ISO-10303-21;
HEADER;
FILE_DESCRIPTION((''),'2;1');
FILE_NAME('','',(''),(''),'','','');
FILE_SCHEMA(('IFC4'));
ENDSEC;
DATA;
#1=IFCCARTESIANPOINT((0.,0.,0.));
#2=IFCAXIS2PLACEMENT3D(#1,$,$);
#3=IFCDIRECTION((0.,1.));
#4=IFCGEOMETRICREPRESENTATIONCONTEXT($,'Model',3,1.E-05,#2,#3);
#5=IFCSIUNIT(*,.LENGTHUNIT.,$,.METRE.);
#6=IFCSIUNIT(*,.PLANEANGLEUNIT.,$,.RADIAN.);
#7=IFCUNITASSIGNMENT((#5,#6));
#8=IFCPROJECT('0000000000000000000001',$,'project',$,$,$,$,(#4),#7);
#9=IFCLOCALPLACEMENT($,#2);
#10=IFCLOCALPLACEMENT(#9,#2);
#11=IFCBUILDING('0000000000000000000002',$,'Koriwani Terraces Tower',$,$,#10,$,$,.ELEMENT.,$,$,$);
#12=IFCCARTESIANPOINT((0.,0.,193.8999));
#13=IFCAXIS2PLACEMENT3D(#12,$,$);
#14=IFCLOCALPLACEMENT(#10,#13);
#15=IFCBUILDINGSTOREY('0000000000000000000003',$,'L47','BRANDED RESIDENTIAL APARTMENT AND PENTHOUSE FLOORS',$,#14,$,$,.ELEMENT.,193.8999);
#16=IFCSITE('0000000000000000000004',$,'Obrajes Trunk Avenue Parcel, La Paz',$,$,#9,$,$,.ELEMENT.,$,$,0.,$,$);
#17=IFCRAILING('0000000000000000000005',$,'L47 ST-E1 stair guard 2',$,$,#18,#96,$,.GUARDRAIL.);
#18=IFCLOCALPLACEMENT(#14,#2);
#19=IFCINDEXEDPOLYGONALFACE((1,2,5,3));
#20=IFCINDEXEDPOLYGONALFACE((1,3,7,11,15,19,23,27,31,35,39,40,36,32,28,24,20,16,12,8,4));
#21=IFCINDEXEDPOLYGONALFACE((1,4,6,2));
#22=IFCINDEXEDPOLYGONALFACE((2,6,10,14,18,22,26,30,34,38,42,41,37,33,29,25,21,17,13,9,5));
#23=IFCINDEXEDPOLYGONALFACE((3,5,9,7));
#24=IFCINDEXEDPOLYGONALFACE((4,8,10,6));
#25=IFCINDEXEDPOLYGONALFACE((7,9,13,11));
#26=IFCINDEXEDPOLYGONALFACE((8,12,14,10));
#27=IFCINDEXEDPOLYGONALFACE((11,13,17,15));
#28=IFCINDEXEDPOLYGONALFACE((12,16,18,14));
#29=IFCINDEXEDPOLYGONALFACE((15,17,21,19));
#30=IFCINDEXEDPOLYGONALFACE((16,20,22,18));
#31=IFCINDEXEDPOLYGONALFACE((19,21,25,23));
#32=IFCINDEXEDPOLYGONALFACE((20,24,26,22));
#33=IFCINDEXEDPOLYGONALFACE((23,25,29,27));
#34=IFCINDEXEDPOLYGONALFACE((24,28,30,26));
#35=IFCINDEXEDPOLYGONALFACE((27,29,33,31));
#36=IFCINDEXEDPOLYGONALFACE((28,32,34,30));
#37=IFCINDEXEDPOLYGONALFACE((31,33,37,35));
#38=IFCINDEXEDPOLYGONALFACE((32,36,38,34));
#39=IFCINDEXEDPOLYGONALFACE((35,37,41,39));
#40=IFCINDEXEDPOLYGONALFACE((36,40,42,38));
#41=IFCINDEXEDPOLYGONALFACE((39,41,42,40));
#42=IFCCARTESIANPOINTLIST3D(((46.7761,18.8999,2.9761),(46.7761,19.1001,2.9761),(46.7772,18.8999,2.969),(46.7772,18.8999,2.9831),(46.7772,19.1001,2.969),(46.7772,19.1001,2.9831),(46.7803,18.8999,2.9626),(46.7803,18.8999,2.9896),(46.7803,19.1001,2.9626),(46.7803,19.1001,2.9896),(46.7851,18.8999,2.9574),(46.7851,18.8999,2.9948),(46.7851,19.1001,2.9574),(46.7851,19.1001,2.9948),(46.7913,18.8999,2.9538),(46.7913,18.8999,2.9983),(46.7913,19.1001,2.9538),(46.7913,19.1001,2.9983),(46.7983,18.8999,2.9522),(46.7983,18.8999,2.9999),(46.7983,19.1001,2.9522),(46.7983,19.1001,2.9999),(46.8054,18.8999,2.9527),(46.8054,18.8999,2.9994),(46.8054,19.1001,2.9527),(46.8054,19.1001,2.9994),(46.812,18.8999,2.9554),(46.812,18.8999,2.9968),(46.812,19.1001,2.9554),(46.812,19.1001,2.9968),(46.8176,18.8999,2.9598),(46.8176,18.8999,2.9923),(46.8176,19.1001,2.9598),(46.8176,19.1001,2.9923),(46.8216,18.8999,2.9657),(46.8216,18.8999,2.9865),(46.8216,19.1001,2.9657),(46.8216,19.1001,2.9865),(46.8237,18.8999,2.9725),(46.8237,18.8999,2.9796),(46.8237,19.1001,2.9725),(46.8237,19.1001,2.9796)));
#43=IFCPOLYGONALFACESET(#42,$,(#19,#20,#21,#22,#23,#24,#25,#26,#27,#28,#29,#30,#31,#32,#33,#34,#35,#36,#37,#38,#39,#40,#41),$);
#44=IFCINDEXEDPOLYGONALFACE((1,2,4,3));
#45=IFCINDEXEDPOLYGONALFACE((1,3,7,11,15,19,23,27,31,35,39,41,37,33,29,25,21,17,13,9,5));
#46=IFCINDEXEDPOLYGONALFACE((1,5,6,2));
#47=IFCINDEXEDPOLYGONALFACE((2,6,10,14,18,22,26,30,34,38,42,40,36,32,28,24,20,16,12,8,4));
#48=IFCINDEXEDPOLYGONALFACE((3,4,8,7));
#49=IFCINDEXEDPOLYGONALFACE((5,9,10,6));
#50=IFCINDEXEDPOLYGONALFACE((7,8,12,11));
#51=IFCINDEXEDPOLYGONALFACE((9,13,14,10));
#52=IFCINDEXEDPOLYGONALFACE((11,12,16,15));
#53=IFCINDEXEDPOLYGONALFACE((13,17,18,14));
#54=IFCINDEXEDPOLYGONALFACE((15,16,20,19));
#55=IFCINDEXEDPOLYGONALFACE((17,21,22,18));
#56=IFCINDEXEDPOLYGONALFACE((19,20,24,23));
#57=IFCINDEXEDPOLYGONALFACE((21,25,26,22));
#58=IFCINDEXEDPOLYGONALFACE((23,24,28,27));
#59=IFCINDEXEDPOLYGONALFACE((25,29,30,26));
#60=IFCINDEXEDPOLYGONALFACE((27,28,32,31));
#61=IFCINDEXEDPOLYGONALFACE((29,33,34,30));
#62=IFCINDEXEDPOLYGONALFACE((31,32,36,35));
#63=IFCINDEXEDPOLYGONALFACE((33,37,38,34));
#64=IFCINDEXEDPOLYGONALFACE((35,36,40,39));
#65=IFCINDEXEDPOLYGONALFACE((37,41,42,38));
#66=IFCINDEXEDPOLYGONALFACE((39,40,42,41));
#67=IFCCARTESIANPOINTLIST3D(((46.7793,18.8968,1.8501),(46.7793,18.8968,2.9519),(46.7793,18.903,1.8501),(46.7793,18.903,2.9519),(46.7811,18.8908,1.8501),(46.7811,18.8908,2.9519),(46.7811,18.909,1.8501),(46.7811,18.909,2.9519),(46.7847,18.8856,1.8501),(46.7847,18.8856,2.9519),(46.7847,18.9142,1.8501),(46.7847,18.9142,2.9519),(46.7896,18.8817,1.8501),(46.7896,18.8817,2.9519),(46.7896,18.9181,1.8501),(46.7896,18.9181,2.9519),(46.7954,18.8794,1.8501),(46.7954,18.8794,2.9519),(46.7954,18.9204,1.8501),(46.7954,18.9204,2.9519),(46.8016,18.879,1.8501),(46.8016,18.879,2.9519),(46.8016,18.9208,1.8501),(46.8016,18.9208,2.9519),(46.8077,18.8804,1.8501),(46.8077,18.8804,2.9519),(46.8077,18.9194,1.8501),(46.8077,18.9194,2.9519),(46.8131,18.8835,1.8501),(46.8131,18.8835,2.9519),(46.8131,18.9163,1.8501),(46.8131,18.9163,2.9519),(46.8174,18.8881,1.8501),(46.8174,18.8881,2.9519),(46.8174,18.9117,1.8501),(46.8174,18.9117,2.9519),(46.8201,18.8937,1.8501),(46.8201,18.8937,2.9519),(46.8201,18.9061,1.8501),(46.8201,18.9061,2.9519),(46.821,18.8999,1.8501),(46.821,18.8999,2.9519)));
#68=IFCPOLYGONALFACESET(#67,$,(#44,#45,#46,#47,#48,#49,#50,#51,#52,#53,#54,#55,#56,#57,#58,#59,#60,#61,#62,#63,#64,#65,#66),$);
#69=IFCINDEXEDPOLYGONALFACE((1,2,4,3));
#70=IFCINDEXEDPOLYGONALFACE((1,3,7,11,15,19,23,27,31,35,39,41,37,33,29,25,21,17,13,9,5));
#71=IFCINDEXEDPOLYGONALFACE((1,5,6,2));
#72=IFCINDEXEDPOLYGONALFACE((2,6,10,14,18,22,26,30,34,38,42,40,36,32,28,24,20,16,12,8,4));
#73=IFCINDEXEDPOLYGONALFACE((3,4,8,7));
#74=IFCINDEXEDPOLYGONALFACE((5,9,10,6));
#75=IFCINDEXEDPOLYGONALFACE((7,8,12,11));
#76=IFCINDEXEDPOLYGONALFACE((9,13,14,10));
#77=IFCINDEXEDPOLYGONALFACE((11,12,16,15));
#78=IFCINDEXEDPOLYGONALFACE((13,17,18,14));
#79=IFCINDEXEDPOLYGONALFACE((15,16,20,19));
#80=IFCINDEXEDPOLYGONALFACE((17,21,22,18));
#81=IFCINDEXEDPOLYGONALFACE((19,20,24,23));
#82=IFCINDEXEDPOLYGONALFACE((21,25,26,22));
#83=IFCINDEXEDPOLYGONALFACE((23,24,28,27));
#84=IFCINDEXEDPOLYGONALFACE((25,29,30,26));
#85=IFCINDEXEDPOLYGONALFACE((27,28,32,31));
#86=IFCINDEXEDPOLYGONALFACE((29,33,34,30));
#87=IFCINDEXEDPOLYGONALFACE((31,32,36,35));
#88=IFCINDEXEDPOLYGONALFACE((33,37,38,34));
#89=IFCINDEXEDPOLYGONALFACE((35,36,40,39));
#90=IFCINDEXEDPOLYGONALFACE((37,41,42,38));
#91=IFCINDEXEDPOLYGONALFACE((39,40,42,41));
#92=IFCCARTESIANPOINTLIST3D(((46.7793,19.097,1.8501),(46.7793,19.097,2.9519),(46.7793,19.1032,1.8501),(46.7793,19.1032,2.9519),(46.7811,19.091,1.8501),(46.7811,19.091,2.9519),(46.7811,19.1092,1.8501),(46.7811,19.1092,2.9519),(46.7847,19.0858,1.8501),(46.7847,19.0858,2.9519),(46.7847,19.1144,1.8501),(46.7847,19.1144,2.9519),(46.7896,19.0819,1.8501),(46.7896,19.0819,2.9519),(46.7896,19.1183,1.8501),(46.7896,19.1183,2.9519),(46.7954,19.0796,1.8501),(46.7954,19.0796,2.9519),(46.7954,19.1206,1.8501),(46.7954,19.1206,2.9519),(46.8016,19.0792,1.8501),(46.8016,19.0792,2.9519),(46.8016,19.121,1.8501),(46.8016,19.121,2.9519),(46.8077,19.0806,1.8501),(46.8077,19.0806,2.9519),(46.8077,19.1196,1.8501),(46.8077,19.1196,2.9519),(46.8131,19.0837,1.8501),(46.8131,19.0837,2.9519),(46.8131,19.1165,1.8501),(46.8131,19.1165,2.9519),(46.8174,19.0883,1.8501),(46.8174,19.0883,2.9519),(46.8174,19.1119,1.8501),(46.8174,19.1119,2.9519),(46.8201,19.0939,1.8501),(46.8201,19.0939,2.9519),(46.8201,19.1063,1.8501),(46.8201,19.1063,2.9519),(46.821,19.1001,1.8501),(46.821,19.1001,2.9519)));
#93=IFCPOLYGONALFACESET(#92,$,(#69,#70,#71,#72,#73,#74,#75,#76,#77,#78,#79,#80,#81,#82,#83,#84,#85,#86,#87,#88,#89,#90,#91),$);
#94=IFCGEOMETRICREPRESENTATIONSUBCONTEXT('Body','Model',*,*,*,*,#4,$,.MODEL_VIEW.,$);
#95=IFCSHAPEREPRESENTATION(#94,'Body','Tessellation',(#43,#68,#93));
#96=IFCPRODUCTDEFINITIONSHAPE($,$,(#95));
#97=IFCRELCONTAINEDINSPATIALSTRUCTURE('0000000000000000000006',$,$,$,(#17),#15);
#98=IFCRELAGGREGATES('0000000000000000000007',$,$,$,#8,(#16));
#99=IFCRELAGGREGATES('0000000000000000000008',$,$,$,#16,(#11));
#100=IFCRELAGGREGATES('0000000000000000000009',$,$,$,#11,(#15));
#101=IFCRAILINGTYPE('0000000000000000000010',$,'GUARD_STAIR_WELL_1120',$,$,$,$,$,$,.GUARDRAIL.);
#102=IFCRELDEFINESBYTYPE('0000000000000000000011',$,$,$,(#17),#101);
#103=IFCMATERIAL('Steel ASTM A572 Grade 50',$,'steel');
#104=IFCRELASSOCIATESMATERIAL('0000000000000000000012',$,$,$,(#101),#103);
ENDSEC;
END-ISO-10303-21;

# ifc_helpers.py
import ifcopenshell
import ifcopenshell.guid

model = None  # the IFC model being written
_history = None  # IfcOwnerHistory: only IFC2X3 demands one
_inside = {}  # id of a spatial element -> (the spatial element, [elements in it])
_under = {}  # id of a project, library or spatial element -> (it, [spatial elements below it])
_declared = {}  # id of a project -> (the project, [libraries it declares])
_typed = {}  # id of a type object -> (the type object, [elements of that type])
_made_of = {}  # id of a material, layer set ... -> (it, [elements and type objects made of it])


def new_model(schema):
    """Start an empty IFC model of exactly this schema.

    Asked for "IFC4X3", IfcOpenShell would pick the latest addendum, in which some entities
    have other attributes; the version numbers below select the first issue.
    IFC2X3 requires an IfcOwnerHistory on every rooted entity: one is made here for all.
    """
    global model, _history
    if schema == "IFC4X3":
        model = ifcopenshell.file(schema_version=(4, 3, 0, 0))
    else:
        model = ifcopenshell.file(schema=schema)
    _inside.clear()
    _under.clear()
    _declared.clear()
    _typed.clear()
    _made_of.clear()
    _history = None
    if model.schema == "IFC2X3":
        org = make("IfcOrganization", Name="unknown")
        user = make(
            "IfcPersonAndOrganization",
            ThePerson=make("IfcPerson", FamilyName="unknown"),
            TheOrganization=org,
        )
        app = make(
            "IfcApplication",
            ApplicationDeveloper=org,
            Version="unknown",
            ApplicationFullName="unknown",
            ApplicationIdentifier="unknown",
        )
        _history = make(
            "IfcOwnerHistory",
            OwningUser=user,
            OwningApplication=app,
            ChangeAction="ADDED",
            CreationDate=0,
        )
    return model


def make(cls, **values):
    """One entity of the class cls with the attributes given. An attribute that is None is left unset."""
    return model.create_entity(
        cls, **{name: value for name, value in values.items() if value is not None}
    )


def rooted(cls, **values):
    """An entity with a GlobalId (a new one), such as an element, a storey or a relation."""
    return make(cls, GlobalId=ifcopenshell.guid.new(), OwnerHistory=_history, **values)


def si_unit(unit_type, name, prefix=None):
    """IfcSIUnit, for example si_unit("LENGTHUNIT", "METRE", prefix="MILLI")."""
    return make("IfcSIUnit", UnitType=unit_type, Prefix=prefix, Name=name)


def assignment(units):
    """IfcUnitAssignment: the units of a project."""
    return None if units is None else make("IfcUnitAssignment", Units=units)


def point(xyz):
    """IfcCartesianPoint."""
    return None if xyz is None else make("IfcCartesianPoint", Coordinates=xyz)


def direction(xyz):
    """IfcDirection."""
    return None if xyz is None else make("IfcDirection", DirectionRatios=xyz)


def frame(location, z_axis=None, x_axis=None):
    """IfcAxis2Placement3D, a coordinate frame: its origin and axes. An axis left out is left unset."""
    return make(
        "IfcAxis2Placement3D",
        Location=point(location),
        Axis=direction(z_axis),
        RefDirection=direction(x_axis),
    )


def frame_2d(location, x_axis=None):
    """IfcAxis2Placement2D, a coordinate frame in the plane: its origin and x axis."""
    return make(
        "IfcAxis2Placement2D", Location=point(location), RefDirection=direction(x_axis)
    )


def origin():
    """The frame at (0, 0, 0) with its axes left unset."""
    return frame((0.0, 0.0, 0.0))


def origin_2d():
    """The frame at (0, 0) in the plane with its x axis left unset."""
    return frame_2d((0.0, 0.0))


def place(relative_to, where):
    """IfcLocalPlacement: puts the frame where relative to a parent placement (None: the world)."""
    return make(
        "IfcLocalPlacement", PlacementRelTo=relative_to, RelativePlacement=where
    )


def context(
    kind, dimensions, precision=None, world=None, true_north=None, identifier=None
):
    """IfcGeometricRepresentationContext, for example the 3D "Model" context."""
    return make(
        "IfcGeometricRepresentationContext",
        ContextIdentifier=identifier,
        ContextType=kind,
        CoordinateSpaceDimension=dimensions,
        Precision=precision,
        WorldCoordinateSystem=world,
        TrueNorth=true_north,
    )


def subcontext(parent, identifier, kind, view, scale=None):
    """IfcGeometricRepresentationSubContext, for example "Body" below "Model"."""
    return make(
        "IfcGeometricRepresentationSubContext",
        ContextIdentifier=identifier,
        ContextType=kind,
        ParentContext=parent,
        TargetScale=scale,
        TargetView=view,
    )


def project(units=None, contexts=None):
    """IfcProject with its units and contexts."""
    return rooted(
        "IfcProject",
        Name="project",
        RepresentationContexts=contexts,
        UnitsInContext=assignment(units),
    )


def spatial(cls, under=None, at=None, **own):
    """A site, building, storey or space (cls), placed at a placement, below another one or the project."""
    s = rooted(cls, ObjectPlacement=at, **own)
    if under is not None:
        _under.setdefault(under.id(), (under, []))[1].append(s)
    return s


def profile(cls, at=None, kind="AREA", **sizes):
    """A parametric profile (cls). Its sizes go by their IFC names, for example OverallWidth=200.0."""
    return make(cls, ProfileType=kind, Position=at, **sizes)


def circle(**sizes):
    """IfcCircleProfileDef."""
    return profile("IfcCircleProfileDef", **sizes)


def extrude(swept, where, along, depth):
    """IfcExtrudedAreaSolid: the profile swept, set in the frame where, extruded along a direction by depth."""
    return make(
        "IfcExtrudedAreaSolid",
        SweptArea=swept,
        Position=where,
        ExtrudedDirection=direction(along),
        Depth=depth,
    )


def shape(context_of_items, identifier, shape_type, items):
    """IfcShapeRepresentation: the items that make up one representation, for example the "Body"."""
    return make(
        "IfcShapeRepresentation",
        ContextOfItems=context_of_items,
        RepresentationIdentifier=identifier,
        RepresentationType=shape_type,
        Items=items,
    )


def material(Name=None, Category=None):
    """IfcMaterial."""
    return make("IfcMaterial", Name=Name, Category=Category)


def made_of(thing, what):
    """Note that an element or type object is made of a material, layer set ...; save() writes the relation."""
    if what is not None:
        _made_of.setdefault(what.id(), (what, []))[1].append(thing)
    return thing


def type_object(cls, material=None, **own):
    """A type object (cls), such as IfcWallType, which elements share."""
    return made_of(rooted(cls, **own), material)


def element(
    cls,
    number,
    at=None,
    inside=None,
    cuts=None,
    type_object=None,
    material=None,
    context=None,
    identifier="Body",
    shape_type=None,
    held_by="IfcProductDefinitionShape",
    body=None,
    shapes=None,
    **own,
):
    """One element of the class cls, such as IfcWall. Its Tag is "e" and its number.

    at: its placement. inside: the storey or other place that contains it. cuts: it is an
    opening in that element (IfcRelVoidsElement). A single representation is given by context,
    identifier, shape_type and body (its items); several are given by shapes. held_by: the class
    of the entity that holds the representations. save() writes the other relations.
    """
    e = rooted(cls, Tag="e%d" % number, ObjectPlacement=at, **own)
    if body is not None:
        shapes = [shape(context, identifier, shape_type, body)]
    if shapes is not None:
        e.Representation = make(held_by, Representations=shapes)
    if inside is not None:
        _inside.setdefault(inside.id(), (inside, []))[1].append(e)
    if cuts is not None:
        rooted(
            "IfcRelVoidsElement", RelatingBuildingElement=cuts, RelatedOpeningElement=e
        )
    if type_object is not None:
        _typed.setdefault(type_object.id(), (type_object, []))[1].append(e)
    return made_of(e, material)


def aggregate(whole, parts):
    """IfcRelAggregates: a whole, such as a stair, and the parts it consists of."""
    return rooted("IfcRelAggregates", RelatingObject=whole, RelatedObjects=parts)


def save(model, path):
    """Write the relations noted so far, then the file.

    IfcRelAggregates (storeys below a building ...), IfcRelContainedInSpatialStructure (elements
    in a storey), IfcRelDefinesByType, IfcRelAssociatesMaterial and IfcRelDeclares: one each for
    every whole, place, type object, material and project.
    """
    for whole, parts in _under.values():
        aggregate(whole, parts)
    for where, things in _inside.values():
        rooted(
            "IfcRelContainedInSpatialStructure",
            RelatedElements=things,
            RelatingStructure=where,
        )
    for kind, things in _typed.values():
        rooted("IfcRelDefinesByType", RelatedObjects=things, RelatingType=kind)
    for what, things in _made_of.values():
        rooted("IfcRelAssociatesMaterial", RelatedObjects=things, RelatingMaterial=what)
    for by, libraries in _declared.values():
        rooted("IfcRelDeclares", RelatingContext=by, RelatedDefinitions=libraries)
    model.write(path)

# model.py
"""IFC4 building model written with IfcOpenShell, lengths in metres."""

from ifc_helpers import new_model, si_unit, direction, frame, origin, origin_2d, place, context, subcontext, project, spatial, circle, extrude, material, type_object, element, save


model = new_model("IFC4")

# Units and contexts
model_context = context("Model", 3, precision=1e-05, world=origin(), true_north=direction((0.0, 1.0)))
body_context = subcontext(model_context, "Body", "Model", "MODEL_VIEW")
ifc_project = project(units=[si_unit("LENGTHUNIT", "METRE"), si_unit("PLANEANGLEUNIT", "RADIAN")], contexts=[model_context])

# Site, building, storey
site_placement = place(None, origin())
site = spatial("IfcSite", under=ifc_project, at=site_placement, Name="Obrajes Trunk Avenue Parcel, La Paz", CompositionType="ELEMENT", RefElevation=0.0)
building_placement = place(site_placement, origin())
building = spatial("IfcBuilding", under=site, at=building_placement, Name="Koriwani Terraces Tower", CompositionType="ELEMENT")
storey_placement = place(building_placement, frame((0.0, 0.0, 193.8999)))
storey = spatial("IfcBuildingStorey", under=building, at=storey_placement, Name="L47", Description="BRANDED RESIDENTIAL APARTMENT AND PENTHOUSE FLOORS", CompositionType="ELEMENT", Elevation=193.8999)

# Shared definitions
ifc_material_1 = material(Name="Steel ASTM A572 Grade 50", Category="steel")

# Railing
railing_type_1 = type_object("IfcRailingType", Name="GUARD_STAIR_WELL_1120", PredefinedType="GUARDRAIL", material=ifc_material_1)
railing_1_placement = place(storey_placement, frame((46.8, 18.8999, 1.8501)))
element("IfcRailing", 1, at=railing_1_placement, inside=storey, type_object=railing_type_1, Name="L47 ST-E1 stair guard 2", PredefinedType="GUARDRAIL", context=body_context, shape_type="SweptSolid", body=[
    extrude(circle(Radius=0.0239, at=origin_2d()), frame((0.0, 0.0, 1.126), z_axis=(0.0, 1.0, 0.0), x_axis=(-1.0, 0.0, 0.0)), (0.0, 0.0, 1.0), 0.2002),
    extrude(circle(Radius=0.021, at=origin_2d()), origin(), (0.0, 0.0, 1.0), 1.1018),
    extrude(circle(Radius=0.021, at=origin_2d()), frame((0.0, 0.2002, 0.0)), (0.0, 0.0, 1.0), 1.1018),
])

save(model, "model.ifc")
